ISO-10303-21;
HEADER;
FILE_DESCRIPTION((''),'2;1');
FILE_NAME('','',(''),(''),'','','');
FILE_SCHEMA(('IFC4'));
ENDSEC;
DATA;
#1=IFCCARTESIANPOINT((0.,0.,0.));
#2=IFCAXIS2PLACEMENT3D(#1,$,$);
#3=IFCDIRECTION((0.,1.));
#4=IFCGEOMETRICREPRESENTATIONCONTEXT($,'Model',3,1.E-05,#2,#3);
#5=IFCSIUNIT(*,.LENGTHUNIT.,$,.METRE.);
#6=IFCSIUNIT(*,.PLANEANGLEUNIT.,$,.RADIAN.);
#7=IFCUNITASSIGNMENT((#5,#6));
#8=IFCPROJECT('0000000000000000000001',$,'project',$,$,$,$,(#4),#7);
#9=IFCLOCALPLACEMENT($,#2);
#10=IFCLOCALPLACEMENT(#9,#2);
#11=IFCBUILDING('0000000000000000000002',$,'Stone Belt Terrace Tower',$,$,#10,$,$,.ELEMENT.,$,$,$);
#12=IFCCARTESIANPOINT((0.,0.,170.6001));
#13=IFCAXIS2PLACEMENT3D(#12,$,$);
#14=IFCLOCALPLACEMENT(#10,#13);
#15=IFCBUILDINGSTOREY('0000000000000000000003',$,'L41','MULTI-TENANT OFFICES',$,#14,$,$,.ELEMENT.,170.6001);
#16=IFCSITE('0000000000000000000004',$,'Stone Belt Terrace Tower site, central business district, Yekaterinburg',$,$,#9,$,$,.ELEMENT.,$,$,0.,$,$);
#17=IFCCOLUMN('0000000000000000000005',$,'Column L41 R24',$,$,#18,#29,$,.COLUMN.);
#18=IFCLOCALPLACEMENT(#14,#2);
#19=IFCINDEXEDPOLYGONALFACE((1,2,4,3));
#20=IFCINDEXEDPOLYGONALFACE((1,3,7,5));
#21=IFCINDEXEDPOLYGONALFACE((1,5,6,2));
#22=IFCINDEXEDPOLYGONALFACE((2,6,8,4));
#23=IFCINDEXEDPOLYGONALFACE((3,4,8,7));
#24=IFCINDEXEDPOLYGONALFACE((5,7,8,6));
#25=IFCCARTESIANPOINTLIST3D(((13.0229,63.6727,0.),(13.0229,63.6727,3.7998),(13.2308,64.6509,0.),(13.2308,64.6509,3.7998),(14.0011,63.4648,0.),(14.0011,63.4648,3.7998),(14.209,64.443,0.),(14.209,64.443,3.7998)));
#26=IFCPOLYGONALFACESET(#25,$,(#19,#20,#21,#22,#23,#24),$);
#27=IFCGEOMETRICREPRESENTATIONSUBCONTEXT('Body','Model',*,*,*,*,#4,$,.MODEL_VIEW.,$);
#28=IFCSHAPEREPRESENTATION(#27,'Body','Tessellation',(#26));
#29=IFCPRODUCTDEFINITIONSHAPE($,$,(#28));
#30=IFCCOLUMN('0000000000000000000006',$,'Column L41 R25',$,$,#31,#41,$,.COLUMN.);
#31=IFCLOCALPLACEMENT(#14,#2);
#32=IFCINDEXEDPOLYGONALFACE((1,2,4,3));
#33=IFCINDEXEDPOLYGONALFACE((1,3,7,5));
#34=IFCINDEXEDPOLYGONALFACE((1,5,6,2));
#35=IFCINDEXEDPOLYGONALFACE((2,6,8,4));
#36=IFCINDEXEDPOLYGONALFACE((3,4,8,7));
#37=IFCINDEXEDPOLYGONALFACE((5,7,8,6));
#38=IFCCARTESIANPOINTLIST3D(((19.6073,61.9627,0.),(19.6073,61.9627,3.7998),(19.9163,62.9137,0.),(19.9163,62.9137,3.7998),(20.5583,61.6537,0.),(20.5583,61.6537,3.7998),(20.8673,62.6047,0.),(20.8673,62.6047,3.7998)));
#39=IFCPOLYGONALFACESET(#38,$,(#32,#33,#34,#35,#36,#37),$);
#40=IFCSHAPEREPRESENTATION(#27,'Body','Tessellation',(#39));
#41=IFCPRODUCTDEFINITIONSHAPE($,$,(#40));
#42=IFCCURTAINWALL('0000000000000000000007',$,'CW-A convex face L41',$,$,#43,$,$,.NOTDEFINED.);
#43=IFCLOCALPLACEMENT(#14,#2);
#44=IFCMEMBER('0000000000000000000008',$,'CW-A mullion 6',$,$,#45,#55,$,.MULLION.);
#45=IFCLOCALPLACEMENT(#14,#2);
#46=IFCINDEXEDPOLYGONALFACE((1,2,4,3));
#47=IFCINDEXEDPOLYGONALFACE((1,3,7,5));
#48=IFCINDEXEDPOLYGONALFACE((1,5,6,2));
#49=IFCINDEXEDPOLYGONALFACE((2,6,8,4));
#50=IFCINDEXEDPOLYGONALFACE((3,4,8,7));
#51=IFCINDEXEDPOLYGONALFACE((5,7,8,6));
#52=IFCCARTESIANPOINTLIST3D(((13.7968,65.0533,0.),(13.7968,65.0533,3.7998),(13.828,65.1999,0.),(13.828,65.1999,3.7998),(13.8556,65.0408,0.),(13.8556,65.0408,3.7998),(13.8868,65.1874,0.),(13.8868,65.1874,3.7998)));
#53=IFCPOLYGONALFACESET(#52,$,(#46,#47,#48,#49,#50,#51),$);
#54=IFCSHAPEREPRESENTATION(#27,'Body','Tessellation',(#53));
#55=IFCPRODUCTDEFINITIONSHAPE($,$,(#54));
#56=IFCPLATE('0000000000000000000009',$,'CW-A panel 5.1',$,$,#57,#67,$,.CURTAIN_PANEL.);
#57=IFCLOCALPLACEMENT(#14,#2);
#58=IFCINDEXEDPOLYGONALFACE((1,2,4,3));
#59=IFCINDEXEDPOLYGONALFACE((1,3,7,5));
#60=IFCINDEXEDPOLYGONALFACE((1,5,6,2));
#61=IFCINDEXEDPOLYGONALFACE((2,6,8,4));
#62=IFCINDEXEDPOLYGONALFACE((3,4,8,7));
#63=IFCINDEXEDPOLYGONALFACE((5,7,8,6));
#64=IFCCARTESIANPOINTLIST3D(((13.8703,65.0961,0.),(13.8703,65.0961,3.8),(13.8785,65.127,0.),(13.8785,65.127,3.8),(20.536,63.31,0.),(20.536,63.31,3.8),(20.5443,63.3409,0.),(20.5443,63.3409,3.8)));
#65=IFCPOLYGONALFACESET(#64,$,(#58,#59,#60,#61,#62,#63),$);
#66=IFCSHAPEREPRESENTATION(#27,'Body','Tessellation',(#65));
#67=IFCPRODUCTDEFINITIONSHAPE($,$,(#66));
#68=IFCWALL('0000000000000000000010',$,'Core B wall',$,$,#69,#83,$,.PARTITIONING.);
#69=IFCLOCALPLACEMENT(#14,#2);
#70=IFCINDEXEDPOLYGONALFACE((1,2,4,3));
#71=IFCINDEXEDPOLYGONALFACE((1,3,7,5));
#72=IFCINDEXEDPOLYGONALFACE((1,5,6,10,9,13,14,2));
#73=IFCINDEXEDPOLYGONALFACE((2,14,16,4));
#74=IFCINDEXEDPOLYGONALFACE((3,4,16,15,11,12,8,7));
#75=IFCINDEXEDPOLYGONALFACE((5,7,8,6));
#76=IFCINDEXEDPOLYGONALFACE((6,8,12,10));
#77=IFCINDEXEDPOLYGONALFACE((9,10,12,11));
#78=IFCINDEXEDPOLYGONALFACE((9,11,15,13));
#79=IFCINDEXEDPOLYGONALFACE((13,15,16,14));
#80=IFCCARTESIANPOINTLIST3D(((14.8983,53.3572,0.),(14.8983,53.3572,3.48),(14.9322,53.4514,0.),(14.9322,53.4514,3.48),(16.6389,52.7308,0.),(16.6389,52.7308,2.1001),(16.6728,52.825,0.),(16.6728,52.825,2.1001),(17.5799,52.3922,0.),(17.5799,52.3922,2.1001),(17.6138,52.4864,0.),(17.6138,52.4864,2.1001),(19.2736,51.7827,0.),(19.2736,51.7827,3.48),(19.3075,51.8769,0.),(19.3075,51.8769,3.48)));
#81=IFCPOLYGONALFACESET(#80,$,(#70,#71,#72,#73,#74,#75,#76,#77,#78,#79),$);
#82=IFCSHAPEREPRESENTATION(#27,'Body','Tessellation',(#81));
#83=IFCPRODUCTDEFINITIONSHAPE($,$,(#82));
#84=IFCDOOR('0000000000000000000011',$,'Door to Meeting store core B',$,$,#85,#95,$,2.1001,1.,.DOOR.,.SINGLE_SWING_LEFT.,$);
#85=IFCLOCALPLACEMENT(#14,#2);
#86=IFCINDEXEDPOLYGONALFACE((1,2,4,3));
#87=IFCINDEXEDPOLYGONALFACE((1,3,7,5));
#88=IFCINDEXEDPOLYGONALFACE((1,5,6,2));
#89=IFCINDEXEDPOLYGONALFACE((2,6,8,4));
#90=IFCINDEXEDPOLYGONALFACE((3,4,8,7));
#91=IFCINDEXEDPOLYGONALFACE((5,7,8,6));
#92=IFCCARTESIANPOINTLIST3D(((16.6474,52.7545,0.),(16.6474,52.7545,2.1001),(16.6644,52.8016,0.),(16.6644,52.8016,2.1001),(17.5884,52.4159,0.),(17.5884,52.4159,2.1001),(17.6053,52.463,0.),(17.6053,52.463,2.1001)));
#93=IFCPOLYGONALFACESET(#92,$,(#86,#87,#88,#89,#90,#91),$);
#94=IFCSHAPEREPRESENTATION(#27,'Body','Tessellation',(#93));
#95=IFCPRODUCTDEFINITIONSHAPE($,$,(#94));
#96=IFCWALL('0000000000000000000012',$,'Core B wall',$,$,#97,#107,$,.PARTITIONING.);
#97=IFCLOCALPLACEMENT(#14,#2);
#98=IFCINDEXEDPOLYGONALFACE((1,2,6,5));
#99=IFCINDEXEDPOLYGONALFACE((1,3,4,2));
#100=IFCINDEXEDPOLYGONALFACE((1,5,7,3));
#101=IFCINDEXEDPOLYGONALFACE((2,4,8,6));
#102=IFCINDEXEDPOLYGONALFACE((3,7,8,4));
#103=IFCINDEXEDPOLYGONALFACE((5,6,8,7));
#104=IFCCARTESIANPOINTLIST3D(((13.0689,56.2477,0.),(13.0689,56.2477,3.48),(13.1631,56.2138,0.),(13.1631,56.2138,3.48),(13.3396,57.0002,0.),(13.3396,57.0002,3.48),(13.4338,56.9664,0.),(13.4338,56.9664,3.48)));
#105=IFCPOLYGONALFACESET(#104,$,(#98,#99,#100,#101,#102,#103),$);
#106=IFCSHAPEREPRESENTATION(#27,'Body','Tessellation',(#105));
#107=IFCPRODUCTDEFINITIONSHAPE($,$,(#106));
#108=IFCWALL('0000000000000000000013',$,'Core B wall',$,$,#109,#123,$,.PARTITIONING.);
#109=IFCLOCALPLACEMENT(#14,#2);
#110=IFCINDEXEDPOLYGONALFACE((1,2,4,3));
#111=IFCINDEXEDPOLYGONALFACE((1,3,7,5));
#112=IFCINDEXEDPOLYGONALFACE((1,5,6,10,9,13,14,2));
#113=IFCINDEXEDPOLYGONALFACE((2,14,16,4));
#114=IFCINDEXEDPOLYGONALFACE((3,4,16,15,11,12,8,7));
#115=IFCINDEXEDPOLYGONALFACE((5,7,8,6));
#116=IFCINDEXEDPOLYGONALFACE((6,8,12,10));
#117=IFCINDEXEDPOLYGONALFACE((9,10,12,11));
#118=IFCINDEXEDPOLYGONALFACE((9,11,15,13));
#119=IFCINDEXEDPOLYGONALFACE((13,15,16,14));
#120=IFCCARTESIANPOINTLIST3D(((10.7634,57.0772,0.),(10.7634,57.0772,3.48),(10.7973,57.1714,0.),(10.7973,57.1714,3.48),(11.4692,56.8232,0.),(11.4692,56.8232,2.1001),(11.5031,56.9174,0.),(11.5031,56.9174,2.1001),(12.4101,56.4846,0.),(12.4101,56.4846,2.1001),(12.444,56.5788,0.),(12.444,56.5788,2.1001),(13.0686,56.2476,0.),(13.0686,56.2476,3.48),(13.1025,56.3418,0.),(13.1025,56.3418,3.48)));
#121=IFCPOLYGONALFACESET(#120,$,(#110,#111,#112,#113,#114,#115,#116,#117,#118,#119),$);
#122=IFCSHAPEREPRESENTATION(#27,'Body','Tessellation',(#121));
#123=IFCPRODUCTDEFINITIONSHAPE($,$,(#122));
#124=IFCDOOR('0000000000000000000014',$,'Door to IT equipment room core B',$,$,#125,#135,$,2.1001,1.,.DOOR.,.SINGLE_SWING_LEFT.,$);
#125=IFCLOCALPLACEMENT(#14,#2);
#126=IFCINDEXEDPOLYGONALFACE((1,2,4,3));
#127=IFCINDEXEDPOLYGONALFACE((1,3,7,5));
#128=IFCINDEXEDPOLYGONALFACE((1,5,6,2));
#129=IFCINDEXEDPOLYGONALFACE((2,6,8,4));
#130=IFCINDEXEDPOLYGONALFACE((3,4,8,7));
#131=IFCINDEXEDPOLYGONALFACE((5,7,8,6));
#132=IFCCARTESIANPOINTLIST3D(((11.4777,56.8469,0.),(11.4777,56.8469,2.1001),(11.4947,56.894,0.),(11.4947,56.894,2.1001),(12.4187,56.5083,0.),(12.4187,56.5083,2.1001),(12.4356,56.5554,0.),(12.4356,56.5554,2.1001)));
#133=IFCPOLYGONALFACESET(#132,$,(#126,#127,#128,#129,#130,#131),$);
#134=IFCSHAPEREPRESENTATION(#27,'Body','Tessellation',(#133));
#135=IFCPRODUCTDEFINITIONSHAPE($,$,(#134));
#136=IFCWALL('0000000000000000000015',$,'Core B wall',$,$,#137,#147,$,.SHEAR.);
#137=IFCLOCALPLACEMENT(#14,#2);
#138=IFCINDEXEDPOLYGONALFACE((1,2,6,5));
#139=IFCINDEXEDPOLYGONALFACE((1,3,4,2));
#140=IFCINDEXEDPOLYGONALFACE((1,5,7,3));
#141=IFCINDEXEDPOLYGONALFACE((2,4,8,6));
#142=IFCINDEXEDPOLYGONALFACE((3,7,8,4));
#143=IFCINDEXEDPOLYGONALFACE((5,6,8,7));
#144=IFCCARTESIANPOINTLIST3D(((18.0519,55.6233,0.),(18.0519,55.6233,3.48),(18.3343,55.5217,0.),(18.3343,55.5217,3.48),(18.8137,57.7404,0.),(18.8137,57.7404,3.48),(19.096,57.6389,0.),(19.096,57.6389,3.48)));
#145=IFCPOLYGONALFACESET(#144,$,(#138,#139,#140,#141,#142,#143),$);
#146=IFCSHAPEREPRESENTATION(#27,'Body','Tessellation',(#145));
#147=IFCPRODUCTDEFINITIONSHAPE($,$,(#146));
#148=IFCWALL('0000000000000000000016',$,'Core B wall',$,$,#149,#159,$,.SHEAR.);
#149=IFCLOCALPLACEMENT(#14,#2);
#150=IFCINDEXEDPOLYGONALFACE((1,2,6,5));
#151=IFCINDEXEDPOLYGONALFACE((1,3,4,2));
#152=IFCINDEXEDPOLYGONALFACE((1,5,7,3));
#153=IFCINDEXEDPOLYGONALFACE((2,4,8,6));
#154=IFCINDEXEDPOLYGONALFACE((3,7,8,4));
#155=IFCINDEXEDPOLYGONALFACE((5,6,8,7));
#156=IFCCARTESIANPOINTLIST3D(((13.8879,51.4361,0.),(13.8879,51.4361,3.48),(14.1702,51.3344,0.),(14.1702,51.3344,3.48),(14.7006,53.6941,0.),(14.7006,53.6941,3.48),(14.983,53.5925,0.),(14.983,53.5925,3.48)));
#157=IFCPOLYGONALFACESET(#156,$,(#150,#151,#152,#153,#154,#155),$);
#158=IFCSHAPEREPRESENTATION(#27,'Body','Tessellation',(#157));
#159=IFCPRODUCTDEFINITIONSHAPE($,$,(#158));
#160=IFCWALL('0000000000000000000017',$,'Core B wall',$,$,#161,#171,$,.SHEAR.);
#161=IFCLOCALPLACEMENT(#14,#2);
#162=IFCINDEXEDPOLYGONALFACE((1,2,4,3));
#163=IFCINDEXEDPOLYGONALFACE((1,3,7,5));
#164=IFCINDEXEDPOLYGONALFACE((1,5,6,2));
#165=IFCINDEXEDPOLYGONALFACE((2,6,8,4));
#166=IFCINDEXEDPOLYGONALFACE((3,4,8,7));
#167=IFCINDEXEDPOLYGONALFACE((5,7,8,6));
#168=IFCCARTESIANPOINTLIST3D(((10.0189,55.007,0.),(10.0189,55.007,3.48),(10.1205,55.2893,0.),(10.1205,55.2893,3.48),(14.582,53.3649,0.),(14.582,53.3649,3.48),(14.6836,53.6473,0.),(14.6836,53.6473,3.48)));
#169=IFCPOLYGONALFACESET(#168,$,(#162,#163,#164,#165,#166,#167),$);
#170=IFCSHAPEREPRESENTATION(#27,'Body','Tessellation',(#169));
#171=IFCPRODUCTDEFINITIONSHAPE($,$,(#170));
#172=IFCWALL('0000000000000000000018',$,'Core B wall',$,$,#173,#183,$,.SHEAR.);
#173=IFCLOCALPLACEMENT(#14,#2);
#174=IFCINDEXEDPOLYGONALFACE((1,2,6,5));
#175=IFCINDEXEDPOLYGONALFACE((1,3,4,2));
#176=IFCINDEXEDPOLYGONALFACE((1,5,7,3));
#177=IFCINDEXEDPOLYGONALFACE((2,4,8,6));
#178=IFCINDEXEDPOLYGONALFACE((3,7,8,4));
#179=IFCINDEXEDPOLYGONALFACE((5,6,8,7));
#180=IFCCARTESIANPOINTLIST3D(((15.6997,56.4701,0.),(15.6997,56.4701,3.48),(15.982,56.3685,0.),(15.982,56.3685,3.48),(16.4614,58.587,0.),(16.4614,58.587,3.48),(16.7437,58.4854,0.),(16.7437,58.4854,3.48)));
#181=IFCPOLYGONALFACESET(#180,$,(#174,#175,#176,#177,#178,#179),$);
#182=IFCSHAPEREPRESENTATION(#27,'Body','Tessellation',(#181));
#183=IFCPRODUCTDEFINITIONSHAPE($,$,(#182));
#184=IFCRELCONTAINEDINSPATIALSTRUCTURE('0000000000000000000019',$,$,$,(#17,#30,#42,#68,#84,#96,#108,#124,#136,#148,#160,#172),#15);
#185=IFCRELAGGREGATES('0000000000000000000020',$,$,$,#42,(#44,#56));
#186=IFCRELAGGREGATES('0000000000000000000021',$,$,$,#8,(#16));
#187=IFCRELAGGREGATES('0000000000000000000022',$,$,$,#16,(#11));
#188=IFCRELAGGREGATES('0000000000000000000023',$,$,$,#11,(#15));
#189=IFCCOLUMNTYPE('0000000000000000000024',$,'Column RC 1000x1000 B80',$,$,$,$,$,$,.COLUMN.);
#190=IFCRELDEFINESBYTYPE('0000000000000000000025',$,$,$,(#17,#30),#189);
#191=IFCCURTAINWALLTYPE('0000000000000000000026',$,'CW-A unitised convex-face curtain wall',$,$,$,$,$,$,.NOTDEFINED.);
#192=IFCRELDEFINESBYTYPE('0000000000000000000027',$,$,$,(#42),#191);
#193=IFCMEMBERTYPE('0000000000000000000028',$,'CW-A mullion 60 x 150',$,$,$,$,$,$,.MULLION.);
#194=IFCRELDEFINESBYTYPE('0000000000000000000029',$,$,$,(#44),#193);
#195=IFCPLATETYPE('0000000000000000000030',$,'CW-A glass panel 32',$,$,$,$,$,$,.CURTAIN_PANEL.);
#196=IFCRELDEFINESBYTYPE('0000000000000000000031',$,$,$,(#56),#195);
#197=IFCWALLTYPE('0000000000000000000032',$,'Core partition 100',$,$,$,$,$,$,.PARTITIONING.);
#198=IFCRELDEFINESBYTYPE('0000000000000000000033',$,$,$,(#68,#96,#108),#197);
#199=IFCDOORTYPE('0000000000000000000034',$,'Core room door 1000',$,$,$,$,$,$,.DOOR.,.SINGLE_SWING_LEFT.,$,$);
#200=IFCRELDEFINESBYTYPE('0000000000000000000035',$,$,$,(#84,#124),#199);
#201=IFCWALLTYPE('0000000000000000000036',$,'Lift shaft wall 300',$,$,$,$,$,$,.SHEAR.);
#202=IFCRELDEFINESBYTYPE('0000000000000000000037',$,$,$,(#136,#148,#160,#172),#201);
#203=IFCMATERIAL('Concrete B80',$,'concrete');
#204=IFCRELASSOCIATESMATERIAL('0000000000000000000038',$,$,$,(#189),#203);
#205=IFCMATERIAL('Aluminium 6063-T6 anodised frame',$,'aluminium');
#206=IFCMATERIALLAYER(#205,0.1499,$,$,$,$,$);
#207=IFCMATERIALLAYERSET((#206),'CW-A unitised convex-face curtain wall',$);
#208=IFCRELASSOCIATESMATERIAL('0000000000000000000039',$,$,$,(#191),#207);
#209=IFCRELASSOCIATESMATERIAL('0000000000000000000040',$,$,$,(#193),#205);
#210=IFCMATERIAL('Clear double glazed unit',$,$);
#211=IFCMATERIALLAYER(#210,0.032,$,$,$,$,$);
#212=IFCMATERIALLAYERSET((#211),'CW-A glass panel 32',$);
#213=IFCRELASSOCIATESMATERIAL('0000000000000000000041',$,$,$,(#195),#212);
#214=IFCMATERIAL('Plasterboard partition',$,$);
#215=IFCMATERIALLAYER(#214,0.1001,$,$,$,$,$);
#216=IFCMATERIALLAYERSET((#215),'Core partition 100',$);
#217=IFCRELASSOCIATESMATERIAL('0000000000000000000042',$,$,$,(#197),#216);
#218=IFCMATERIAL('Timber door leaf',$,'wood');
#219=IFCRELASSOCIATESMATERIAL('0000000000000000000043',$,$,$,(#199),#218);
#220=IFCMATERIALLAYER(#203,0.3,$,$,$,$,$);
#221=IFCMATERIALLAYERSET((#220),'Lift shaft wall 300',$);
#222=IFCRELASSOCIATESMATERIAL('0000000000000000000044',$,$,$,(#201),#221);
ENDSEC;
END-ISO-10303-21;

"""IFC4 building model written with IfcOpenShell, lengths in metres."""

from ifc_helpers import new_model, si_unit, direction, frame, frame_2d, origin, origin_2d, place, context, subcontext, project, spatial, rectangle, extrude, material, layer, layer_set, material_profile, profile_set, type_object, element, fill, aggregate, save


model = new_model("IFC4")

# Units and contexts
model_context = context("Model", 3, precision=1e-05, world=origin(), true_north=direction((0.0, 1.0)))
body_context = subcontext(model_context, "Body", "Model", "MODEL_VIEW")
ifc_project = project(units=[si_unit("LENGTHUNIT", "METRE"), si_unit("PLANEANGLEUNIT", "RADIAN")], contexts=[model_context])

# Site, building, storey
site_placement = place(None, origin())
site = spatial("IfcSite", under=ifc_project, at=site_placement, Name="Stone Belt Terrace Tower site, central business district, Yekaterinburg", CompositionType="ELEMENT", RefElevation=0.0)
building_placement = place(site_placement, origin())
building = spatial("IfcBuilding", under=site, at=building_placement, Name="Stone Belt Terrace Tower", CompositionType="ELEMENT")
storey_placement = place(building_placement, frame((0.0, 0.0, 170.6001)))
storey = spatial("IfcBuildingStorey", under=building, at=storey_placement, Name="L41", Description="MULTI-TENANT OFFICES", CompositionType="ELEMENT", Elevation=170.6001)

# Columns
ifc_material_1 = material(Name="Concrete B80", Category="concrete")
ifc_material_profile_1 = material_profile(ifc_material_1, rectangle(XDim=1.0, YDim=1.0, at=origin_2d()), Name="RC 1000x1000")
ifc_profile_set_1 = profile_set([ifc_material_profile_1], Name="Concrete B80")
column_type = type_object("IfcColumnType", Name="Column RC 1000x1000 B80", PredefinedType="COLUMN", material=ifc_profile_set_1)
for number, where, z_axis, x_axis, name in (
    (1, (13.616, 64.0579, 0.0), (0.0, 0.0, 1.0), (0.978148, -0.207912, 0.0), "Column L41 R24"),
    (2, (20.2373, 62.2837, 0.0), (0.0, 0.0, 1.0), (0.951057, -0.309017, 0.0), "Column L41 R25"),
):
    element("IfcColumn", number, at=place(storey_placement, frame(where, z_axis=z_axis, x_axis=x_axis)), inside=storey, type_object=column_type, Name=name, PredefinedType="COLUMN", context=body_context, shape_type="SweptSolid", body=[
        extrude(rectangle(XDim=1.0, YDim=1.0, at=origin_2d()), origin(), (0.0, 0.0, 1.0), 3.7998),
    ])

# Curtain wall, member, plate
ifc_material_2 = material(Name="Aluminium 6063-T6 anodised frame", Category="aluminium")
ifc_layer_1 = layer(ifc_material_2, 0.1499)
ifc_layer_set_1 = layer_set([ifc_layer_1], Name="CW-A unitised convex-face curtain wall")
curtain_wall_type = type_object("IfcCurtainWallType", Name="CW-A unitised convex-face curtain wall", PredefinedType="NOTDEFINED", material=ifc_layer_set_1)
curtain_wall_placement = place(storey_placement, origin())
curtain_wall = element("IfcCurtainWall", 3, at=curtain_wall_placement, inside=storey, type_object=curtain_wall_type, Name="CW-A convex face L41", PredefinedType="NOTDEFINED")
ifc_material_profile_2 = material_profile(ifc_material_2, rectangle(XDim=0.1499, YDim=0.0601, at=origin_2d()), Name="Aluminium 6063-T6 60x150")
ifc_profile_set_2 = profile_set([ifc_material_profile_2], Name="Aluminium 6063-T6 anodised frame")
member_type = type_object("IfcMemberType", Name="CW-A mullion 60 x 150", PredefinedType="MULLION", material=ifc_profile_set_2)
member_placement = place(storey_placement, frame((13.8418, 65.1204, 0.0), z_axis=(0.0, 0.0, 1.0), x_axis=(-0.207912, -0.978148, 0.0)))
member = element("IfcMember", 4, at=member_placement, type_object=member_type, Name="CW-A mullion 6", PredefinedType="MULLION", context=body_context, shape_type="SweptSolid", body=[
    extrude(rectangle(XDim=0.1499, YDim=0.0601, at=origin_2d()), origin(), (0.0, 0.0, 1.0), 3.7998),
])
ifc_material_3 = material(Name="Clear double glazed unit")
ifc_layer_2 = layer(ifc_material_3, 0.032)
ifc_layer_set_2 = layer_set([ifc_layer_2], Name="CW-A glass panel 32")
plate_type = type_object("IfcPlateType", Name="CW-A glass panel 32", PredefinedType="CURTAIN_PANEL", material=ifc_layer_set_2)
plate_placement = place(storey_placement, frame((17.2073, 64.2185, 0.0), z_axis=(0.0, 0.0, 1.0), x_axis=(-0.965926, 0.258819, 0.0)))
plate = element("IfcPlate", 5, at=plate_placement, type_object=plate_type, Name="CW-A panel 5.1", PredefinedType="CURTAIN_PANEL", context=body_context, shape_type="SweptSolid", body=[
    extrude(rectangle(XDim=6.9009, YDim=0.032, at=origin_2d()), origin(), (0.0, 0.0, 1.0), 3.8),
])
aggregate(curtain_wall, [member, plate])

# Wall, opening, door
ifc_material_4 = material(Name="Plasterboard partition")
ifc_layer_3 = layer(ifc_material_4, 0.1001)
ifc_layer_set_3 = layer_set([ifc_layer_3], Name="Core partition 100")
wall_type_1 = type_object("IfcWallType", Name="Core partition 100", PredefinedType="PARTITIONING", material=ifc_layer_set_3)
wall_1_placement = place(storey_placement, frame((19.2905, 51.8298, 0.0), z_axis=(0.0, 0.0, 1.0), x_axis=(-0.94093, 0.3386, 0.0)))
wall_1 = element("IfcWall", 6, at=wall_1_placement, inside=storey, type_object=wall_type_1, Name="Core B wall", PredefinedType="PARTITIONING", context=body_context, shape_type="SweptSolid", body=[
    extrude(rectangle(XDim=4.6499, YDim=0.1001, at=frame_2d((2.325, 0.0))), origin(), (0.0, 0.0, 1.0), 3.48),
])
opening_1_placement = place(wall_1_placement, frame((1.8, 0.0, 0.0)))
opening_1 = element("IfcOpeningElement", 7, at=opening_1_placement, cuts=wall_1, PredefinedType="OPENING", context=body_context, shape_type="SweptSolid", body=[
    extrude(rectangle(XDim=1.0, YDim=2.1001, at=frame_2d((0.5, 1.05))), frame((0.0, 0.0601, 0.0), z_axis=(0.0, -1.0, 0.0), x_axis=(1.0, 0.0, 0.0)), (0.0, 0.0, 1.0), 0.1201),
])
ifc_material_5 = material(Name="Timber door leaf", Category="wood")
door_type_1 = type_object("IfcDoorType", Name="Core room door 1000", OperationType="SINGLE_SWING_LEFT", PredefinedType="DOOR", material=ifc_material_5)
door_1_placement = place(opening_1_placement, origin())
door_1 = element("IfcDoor", 8, at=door_1_placement, inside=storey, type_object=door_type_1, Name="Door to Meeting store core B", OperationType="SINGLE_SWING_LEFT", OverallHeight=2.1001, OverallWidth=1.0, PredefinedType="DOOR", context=body_context, shape_type="SweptSolid", body=[
    extrude(rectangle(XDim=1.0, YDim=2.1001, at=frame_2d((0.5, 1.05))), frame((0.0, 0.0249, 0.0), z_axis=(0.0, -1.0, 0.0), x_axis=(1.0, 0.0, 0.0)), (0.0, 0.0, 1.0), 0.05),
])
fill(opening_1, door_1)

# Wall
wall_2_placement = place(storey_placement, frame((13.116, 56.2307, 0.0), z_axis=(0.0, 0.0, 1.0), x_axis=(0.338482, 0.940973, 0.0)))
element("IfcWall", 9, at=wall_2_placement, inside=storey, type_object=wall_type_1, Name="Core B wall", PredefinedType="PARTITIONING", context=body_context, shape_type="SweptSolid", body=[
    extrude(rectangle(XDim=0.7998, YDim=0.1001, at=frame_2d((0.3999, 0.0))), origin(), (0.0, 0.0, 1.0), 3.48),
])

# Wall, opening, door
wall_3_placement = place(storey_placement, frame((13.0857, 56.2947, 0.0), z_axis=(0.0, 0.0, 1.0), x_axis=(-0.940923, 0.338621, 0.0)))
wall_3 = element("IfcWall", 10, at=wall_3_placement, inside=storey, type_object=wall_type_1, Name="Core B wall", PredefinedType="PARTITIONING", context=body_context, shape_type="SweptSolid", body=[
    extrude(rectangle(XDim=2.45, YDim=0.1001, at=frame_2d((1.2251, 0.0))), origin(), (0.0, 0.0, 1.0), 3.48),
])
opening_2_placement = place(wall_3_placement, frame((0.7, 0.0, 0.0)))
opening_2 = element("IfcOpeningElement", 11, at=opening_2_placement, cuts=wall_3, PredefinedType="OPENING", context=body_context, shape_type="SweptSolid", body=[
    extrude(rectangle(XDim=1.0, YDim=2.1001, at=frame_2d((0.5, 1.05))), frame((0.0, 0.0601, 0.0), z_axis=(0.0, -1.0, 0.0), x_axis=(1.0, 0.0, 0.0)), (0.0, 0.0, 1.0), 0.1201),
])
door_2_placement = place(opening_2_placement, origin())
door_2 = element("IfcDoor", 12, at=door_2_placement, inside=storey, type_object=door_type_1, Name="Door to IT equipment room core B", OperationType="SINGLE_SWING_LEFT", OverallHeight=2.1001, OverallWidth=1.0, PredefinedType="DOOR", context=body_context, shape_type="SweptSolid", body=[
    extrude(rectangle(XDim=1.0, YDim=2.1001, at=frame_2d((0.5, 1.05))), frame((0.0, 0.0249, 0.0), z_axis=(0.0, -1.0, 0.0), x_axis=(1.0, 0.0, 0.0)), (0.0, 0.0, 1.0), 0.05),
])
fill(opening_2, door_2)

# Walls
ifc_layer_4 = layer(ifc_material_1, 0.3)
ifc_layer_set_4 = layer_set([ifc_layer_4], Name="Lift shaft wall 300")
wall_type_2 = type_object("IfcWallType", Name="Lift shaft wall 300", PredefinedType="SHEAR", material=ifc_layer_set_4)
wall_4_placement = place(storey_placement, frame((18.1931, 55.5725, 0.0), z_axis=(0.0, 0.0, 1.0), x_axis=(0.338535, 0.940954, 0.0)))
element("IfcWall", 13, at=wall_4_placement, inside=storey, type_object=wall_type_2, Name="Core B wall", PredefinedType="SHEAR", context=body_context, shape_type="SweptSolid", body=[
    extrude(rectangle(XDim=2.25, YDim=0.3, at=frame_2d((1.125, 0.0))), origin(), (0.0, 0.0, 1.0), 3.48),
])
wall_5_placement = place(storey_placement, frame((14.0291, 51.3853, 0.0), z_axis=(0.0, 0.0, 1.0), x_axis=(0.338662, 0.940908, 0.0)))
element("IfcWall", 14, at=wall_5_placement, inside=storey, type_object=wall_type_2, Name="Core B wall", PredefinedType="SHEAR", context=body_context, shape_type="SweptSolid", body=[
    extrude(rectangle(XDim=2.3999, YDim=0.3, at=frame_2d((1.2, 0.0))), origin(), (0.0, 0.0, 1.0), 3.48),
])
wall_6_placement = place(storey_placement, frame((14.6328, 53.5061, 0.0), z_axis=(0.0, 0.0, 1.0), x_axis=(-0.940932, 0.338596, 0.0)))
element("IfcWall", 15, at=wall_6_placement, inside=storey, type_object=wall_type_2, Name="Core B wall", PredefinedType="SHEAR", context=body_context, shape_type="SweptSolid", body=[
    extrude(rectangle(XDim=4.8496, YDim=0.3, at=frame_2d((2.4248, 0.0))), origin(), (0.0, 0.0, 1.0), 3.48),
])
wall_7_placement = place(storey_placement, frame((15.8408, 56.4192, 0.0), z_axis=(0.0, 0.0, 1.0), x_axis=(0.33857, 0.940941, 0.0)))
element("IfcWall", 16, at=wall_7_placement, inside=storey, type_object=wall_type_2, Name="Core B wall", PredefinedType="SHEAR", context=body_context, shape_type="SweptSolid", body=[
    extrude(rectangle(XDim=2.2498, YDim=0.3, at=frame_2d((1.125, 0.0))), origin(), (0.0, 0.0, 1.0), 3.48),
])

save(model, "model.ifc")
